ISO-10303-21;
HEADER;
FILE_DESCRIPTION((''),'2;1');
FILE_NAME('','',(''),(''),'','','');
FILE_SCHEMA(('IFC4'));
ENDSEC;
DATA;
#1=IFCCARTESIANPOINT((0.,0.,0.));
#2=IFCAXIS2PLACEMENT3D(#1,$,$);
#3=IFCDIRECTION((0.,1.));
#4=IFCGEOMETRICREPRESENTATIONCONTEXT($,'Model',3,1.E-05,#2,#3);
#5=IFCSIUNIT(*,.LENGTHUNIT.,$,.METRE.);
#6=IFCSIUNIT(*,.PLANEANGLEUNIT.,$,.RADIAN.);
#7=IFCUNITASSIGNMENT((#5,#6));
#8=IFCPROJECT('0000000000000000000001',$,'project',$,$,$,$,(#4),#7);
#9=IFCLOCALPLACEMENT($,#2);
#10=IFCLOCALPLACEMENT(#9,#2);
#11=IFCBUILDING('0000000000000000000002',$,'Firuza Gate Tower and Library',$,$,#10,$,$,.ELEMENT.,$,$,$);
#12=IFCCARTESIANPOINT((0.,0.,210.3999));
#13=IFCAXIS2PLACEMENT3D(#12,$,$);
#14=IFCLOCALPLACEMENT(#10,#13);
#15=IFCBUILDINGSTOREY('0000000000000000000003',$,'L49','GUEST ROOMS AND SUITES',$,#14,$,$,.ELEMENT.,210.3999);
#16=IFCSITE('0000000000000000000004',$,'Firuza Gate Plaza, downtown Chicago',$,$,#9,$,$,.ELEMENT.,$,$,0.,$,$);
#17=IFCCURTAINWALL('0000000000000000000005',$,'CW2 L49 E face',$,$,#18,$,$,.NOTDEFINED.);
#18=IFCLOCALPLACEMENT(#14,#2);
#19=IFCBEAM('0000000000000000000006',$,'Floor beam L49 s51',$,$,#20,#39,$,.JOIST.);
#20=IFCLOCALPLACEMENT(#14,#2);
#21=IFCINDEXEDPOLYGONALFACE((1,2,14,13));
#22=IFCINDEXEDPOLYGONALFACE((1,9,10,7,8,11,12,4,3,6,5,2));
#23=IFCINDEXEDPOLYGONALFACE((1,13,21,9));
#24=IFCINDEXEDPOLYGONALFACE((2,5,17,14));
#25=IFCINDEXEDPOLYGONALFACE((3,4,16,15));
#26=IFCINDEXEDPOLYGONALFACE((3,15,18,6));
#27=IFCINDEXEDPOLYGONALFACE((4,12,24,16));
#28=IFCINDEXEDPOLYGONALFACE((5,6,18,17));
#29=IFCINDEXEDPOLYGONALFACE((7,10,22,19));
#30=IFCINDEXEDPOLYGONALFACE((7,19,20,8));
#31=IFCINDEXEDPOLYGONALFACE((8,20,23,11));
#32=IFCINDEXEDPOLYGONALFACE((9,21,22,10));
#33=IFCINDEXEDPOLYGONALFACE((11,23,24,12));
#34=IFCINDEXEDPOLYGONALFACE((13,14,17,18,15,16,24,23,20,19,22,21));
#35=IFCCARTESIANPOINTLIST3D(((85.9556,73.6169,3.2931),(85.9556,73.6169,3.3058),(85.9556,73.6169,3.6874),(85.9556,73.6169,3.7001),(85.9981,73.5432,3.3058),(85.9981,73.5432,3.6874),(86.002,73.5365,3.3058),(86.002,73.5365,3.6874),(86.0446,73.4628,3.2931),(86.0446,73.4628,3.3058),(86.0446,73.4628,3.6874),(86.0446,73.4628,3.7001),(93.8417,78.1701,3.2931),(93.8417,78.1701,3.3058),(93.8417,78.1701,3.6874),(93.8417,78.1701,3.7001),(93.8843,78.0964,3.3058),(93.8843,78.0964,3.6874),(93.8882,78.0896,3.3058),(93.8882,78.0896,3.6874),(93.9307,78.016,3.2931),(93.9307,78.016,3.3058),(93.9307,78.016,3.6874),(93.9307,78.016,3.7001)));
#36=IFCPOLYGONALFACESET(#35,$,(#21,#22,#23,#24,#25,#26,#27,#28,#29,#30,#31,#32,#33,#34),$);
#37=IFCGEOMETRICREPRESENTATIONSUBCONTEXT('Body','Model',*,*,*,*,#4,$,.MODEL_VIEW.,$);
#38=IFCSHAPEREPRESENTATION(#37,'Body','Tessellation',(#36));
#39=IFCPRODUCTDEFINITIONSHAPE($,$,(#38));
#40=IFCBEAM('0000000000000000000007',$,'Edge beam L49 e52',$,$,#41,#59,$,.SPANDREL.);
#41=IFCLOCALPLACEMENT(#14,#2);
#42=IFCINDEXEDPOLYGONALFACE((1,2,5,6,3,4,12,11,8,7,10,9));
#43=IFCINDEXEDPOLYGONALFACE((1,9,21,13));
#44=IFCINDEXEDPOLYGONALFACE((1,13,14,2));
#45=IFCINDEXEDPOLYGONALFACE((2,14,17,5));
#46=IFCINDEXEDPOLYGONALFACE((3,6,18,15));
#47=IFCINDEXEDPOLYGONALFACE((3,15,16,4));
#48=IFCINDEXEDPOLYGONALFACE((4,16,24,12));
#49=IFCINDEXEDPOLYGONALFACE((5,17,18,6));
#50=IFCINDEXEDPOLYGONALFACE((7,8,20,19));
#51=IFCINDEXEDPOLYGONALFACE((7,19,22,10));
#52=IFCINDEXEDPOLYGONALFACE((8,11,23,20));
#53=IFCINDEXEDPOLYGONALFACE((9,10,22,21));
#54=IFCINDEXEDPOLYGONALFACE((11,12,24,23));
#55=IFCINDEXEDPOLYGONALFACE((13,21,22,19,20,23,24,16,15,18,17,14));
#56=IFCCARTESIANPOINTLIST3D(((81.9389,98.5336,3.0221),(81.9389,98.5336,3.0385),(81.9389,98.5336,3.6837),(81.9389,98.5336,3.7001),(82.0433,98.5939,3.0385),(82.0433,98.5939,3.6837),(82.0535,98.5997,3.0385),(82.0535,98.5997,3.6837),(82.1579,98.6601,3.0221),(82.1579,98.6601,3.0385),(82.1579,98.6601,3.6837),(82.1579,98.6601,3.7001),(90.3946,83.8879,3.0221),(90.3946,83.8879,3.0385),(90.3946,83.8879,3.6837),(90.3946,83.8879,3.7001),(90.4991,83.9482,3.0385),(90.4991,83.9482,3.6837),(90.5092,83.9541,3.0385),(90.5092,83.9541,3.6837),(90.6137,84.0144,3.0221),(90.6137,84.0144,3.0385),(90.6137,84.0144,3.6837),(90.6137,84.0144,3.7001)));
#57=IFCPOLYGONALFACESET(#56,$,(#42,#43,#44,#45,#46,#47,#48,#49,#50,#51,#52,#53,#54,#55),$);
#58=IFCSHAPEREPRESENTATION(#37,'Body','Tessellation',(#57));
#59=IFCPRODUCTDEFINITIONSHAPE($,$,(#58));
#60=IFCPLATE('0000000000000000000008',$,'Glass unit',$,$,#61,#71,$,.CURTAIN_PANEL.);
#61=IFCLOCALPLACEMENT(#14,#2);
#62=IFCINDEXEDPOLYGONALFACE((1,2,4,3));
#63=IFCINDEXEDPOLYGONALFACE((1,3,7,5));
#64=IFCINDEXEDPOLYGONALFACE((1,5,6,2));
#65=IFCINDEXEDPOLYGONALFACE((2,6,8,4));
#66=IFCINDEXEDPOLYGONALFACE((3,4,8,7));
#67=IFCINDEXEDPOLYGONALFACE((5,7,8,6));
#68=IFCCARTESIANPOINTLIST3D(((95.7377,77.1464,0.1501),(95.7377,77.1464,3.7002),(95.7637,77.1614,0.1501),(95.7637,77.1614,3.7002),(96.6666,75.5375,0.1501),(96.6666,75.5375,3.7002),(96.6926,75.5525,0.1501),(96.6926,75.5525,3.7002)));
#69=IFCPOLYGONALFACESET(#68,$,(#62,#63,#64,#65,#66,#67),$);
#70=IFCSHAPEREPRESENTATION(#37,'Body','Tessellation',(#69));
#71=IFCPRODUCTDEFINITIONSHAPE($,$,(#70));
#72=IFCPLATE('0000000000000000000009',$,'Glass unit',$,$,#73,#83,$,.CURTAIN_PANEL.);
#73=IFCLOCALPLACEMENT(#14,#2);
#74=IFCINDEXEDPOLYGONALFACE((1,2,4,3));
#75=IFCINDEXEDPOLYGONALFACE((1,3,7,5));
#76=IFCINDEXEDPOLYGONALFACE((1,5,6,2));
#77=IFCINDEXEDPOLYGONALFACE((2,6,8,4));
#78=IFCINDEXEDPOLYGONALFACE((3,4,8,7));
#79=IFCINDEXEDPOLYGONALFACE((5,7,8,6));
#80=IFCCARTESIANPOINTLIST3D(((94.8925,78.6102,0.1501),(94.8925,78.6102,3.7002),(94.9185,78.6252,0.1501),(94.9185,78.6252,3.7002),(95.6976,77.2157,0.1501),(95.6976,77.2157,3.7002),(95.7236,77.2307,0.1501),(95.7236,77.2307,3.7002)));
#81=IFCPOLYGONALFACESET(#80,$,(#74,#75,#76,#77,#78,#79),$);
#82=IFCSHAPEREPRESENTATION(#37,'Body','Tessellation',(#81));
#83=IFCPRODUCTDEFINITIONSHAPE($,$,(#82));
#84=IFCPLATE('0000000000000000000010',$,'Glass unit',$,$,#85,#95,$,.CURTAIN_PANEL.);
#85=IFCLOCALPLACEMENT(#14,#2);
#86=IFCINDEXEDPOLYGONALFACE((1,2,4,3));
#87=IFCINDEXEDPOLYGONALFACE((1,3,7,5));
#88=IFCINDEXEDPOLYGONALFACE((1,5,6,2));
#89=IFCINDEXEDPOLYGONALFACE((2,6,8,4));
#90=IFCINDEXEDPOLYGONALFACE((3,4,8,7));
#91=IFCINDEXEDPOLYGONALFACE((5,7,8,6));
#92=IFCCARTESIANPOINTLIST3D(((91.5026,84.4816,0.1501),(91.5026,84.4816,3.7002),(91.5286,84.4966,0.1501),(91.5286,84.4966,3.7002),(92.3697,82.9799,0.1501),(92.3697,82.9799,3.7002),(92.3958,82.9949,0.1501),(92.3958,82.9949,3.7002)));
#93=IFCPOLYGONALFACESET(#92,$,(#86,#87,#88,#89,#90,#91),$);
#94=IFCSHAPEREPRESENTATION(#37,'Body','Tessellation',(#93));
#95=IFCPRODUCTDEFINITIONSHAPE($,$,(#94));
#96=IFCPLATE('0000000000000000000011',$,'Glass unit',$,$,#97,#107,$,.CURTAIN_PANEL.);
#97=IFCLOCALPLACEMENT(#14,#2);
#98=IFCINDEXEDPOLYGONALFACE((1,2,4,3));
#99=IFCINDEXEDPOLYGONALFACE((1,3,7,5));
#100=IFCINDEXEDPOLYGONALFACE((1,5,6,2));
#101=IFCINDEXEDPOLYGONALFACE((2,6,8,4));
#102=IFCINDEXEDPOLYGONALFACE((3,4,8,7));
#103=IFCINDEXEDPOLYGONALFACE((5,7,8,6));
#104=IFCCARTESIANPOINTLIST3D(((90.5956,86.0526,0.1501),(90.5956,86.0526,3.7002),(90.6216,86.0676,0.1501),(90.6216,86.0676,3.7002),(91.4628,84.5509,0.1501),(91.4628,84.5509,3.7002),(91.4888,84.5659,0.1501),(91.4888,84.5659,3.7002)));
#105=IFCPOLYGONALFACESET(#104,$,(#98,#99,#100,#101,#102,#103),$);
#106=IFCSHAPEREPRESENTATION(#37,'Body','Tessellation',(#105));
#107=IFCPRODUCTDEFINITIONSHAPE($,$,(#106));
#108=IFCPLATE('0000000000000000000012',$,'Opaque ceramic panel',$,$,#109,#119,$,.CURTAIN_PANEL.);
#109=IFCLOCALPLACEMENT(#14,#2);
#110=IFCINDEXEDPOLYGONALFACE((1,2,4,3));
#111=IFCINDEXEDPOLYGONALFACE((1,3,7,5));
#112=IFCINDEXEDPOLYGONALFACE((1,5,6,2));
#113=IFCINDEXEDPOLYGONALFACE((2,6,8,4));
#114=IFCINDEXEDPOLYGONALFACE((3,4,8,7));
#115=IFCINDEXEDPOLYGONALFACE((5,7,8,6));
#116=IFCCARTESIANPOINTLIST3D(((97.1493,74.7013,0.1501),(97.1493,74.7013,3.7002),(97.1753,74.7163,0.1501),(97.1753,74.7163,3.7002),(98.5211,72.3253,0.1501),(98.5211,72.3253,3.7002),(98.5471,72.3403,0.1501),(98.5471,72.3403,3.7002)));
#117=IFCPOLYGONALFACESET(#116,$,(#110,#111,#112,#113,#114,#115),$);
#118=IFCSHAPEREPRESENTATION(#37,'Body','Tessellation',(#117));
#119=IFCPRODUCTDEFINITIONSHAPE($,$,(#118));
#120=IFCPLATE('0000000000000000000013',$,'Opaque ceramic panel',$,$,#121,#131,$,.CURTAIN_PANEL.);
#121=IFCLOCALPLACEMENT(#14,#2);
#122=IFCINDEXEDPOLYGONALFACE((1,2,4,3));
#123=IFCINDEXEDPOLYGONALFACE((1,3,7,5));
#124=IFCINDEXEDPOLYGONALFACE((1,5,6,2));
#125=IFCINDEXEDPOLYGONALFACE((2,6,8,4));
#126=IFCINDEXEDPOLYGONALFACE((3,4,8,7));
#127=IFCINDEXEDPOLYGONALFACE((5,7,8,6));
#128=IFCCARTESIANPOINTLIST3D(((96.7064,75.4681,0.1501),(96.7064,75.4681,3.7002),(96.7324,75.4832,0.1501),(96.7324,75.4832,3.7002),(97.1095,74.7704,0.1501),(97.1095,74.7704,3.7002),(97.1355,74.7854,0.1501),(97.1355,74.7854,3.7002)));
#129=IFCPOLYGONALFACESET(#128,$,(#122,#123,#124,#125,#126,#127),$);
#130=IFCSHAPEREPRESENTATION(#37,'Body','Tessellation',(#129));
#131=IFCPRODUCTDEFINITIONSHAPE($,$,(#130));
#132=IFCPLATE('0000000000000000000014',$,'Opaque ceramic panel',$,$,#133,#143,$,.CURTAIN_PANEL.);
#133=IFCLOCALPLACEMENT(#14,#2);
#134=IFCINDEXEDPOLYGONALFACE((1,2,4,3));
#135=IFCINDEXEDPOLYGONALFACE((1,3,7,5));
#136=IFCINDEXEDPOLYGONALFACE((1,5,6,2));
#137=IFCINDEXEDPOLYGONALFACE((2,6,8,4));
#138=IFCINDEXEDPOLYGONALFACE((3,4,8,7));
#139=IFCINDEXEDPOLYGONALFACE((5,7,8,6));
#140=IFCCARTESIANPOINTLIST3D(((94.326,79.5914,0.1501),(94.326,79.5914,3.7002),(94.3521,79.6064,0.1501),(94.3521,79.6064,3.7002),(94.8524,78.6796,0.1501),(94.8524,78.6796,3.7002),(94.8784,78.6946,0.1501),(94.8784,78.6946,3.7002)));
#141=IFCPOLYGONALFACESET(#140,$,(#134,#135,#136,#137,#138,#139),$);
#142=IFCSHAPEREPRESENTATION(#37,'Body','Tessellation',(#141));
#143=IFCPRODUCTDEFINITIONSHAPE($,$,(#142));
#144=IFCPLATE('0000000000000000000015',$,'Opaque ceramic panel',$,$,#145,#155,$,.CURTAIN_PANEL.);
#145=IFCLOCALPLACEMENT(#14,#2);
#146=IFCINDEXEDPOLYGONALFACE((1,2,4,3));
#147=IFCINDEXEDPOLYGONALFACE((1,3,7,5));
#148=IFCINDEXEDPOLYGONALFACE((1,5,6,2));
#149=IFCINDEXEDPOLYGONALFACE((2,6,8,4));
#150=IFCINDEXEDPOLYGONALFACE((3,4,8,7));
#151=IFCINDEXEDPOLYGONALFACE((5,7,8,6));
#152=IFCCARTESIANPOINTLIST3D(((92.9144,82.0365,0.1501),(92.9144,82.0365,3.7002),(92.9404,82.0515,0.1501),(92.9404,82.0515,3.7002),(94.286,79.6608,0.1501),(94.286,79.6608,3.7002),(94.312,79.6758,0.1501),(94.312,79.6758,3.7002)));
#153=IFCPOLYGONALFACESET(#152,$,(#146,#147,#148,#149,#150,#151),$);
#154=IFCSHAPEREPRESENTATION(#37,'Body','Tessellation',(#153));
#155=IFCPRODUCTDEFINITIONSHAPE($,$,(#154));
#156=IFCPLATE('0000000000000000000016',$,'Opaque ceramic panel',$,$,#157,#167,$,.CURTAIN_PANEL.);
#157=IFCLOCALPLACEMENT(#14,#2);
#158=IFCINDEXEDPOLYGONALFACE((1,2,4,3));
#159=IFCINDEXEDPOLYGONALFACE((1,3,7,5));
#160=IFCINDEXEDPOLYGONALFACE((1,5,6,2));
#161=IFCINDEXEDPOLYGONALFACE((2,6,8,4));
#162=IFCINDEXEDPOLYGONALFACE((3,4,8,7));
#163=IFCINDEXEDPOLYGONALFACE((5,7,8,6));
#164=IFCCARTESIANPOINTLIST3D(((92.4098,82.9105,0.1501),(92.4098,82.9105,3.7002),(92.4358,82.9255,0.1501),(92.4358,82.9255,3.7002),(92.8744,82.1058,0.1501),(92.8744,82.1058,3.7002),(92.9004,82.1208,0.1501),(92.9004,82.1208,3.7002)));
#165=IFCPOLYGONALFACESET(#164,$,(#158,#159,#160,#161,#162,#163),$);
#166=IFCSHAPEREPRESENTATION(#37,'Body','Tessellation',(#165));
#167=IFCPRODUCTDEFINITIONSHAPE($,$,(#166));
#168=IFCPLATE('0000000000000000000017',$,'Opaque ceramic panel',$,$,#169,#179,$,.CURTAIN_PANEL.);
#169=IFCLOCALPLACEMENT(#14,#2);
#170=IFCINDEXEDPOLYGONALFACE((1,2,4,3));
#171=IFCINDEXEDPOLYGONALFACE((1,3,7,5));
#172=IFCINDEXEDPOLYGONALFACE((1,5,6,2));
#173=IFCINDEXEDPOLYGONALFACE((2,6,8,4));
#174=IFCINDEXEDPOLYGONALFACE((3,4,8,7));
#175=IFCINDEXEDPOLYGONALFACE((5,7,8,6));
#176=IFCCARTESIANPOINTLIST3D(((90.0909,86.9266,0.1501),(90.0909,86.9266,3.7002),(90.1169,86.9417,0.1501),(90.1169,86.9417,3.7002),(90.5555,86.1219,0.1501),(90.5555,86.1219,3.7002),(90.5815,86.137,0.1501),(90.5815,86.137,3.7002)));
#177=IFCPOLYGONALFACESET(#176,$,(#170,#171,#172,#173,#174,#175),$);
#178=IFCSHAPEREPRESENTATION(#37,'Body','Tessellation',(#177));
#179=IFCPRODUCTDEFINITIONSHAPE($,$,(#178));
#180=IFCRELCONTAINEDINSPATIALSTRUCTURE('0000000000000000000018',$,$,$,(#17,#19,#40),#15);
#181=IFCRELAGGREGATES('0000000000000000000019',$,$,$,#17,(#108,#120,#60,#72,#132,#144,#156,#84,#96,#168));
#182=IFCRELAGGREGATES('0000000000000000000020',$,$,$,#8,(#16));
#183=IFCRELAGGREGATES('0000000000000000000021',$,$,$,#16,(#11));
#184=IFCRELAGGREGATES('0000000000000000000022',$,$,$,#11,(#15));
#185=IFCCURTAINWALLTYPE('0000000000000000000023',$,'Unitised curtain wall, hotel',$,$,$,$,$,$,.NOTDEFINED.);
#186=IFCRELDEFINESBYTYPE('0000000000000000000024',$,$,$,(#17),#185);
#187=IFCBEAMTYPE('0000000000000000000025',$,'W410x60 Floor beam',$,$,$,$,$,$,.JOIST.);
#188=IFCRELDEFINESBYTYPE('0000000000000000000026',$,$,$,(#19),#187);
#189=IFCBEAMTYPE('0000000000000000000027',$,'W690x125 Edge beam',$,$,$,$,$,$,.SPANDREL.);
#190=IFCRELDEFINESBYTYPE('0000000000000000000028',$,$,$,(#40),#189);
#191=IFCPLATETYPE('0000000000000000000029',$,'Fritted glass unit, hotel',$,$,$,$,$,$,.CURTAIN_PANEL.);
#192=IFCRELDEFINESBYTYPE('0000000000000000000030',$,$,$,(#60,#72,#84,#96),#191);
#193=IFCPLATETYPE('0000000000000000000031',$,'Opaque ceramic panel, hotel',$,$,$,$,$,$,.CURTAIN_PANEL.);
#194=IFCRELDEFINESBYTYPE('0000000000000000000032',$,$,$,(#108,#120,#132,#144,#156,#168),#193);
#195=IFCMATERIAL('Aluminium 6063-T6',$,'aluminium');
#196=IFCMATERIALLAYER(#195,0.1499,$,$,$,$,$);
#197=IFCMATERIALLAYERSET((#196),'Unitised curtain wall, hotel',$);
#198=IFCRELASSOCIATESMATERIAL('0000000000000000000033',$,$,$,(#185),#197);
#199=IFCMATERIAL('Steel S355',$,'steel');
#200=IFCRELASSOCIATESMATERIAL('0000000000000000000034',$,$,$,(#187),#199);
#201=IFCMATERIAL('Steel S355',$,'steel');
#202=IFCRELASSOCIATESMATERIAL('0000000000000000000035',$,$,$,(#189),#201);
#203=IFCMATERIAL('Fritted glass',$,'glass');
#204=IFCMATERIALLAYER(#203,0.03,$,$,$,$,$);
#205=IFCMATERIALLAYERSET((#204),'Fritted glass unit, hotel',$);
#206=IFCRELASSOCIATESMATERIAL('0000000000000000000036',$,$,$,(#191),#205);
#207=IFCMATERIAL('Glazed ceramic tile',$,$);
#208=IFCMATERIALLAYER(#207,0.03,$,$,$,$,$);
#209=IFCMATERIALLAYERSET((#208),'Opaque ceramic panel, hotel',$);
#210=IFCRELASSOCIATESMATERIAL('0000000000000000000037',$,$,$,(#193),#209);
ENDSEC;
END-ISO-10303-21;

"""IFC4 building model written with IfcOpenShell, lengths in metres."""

from ifc_helpers import new_model, si_unit, direction, frame, origin, origin_2d, place, context, subcontext, project, spatial, polyline, i_section, outline, extrude, material, layer, layer_set, material_profile, profile_set, type_object, element, aggregate, save


model = new_model("IFC4")

# Units and contexts
model_context = context("Model", 3, precision=1e-05, world=origin(), true_north=direction((0.0, 1.0)))
body_context = subcontext(model_context, "Body", "Model", "MODEL_VIEW")
ifc_project = project(units=[si_unit("LENGTHUNIT", "METRE"), si_unit("PLANEANGLEUNIT", "RADIAN")], contexts=[model_context])

# Site, building, storey
site_placement = place(None, origin())
site = spatial("IfcSite", under=ifc_project, at=site_placement, Name="Firuza Gate Plaza, downtown Chicago", CompositionType="ELEMENT", RefElevation=0.0)
building_placement = place(site_placement, origin())
building = spatial("IfcBuilding", under=site, at=building_placement, Name="Firuza Gate Tower and Library", CompositionType="ELEMENT")
storey_placement = place(building_placement, frame((0.0, 0.0, 210.3999)))
storey = spatial("IfcBuildingStorey", under=building, at=storey_placement, Name="L49", Description="GUEST ROOMS AND SUITES", CompositionType="ELEMENT", Elevation=210.3999)

# Curtain wall
ifc_material_1 = material(Name="Aluminium 6063-T6", Category="aluminium")
ifc_layer_1 = layer(ifc_material_1, 0.1499)
ifc_layer_set_1 = layer_set([ifc_layer_1], Name="Unitised curtain wall, hotel")
curtain_wall_type = type_object("IfcCurtainWallType", Name="Unitised curtain wall, hotel", PredefinedType="NOTDEFINED", material=ifc_layer_set_1)
curtain_wall_placement = place(storey_placement, origin())
curtain_wall = element("IfcCurtainWall", 1, at=curtain_wall_placement, inside=storey, type_object=curtain_wall_type, Name="CW2 L49 E face", PredefinedType="NOTDEFINED")

# Beams
ifc_material_2 = material(Name="Steel S355", Category="steel")
ifc_material_profile_1 = material_profile(ifc_material_2, i_section(OverallWidth=0.178, OverallDepth=0.407, WebThickness=0.0078, FlangeThickness=0.0127, at=origin_2d()))
ifc_profile_set_1 = profile_set([ifc_material_profile_1], Name="Steel S355")
beam_type_1 = type_object("IfcBeamType", Name="W410x60 Floor beam", PredefinedType="JOIST", material=ifc_profile_set_1)
beam_1_placement = place(storey_placement, frame((93.8862, 78.093, 3.4966), z_axis=(-0.86602, -0.500009, 0.0), x_axis=(0.500009, -0.86602, 0.0)))
element("IfcBeam", 2, at=beam_1_placement, inside=storey, type_object=beam_type_1, Name="Floor beam L49 s51", PredefinedType="JOIST", context=body_context, shape_type="SweptSolid", body=[
    extrude(i_section(OverallWidth=0.178, OverallDepth=0.407, WebThickness=0.0078, FlangeThickness=0.0127, at=origin_2d()), origin(), (0.0, 0.0, 1.0), 9.1062),
])
ifc_material_3 = material(Name="Steel S355", Category="steel")
ifc_material_profile_2 = material_profile(ifc_material_3, i_section(OverallWidth=0.2529, OverallDepth=0.678, WebThickness=0.0117, FlangeThickness=0.0164, at=origin_2d()))
ifc_profile_set_2 = profile_set([ifc_material_profile_2], Name="Steel S355")
beam_type_2 = type_object("IfcBeamType", Name="W690x125 Edge beam", PredefinedType="SPANDREL", material=ifc_profile_set_2)
beam_2_placement = place(storey_placement, frame((90.5042, 83.9512, 3.3611), z_axis=(-0.500004, 0.866023, 0.0), x_axis=(-0.866023, -0.500004, 0.0)))
element("IfcBeam", 3, at=beam_2_placement, inside=storey, type_object=beam_type_2, Name="Edge beam L49 e52", PredefinedType="SPANDREL", context=body_context, shape_type="SweptSolid", body=[
    extrude(i_section(OverallWidth=0.2529, OverallDepth=0.678, WebThickness=0.0117, FlangeThickness=0.0164, at=origin_2d()), origin(), (0.0, 0.0, 1.0), 16.9114),
])

# Plates
ifc_material_4 = material(Name="Fritted glass", Category="glass")
ifc_layer_2 = layer(ifc_material_4, 0.03)
ifc_layer_set_2 = layer_set([ifc_layer_2], Name="Fritted glass unit, hotel")
plate_type_1 = type_object("IfcPlateType", Name="Fritted glass unit, hotel", PredefinedType="CURTAIN_PANEL", material=ifc_layer_set_2)
plate_1_placement = place(storey_placement, frame((96.6926, 75.5525, 0.1501), z_axis=(0.866011, 0.500026, 0.0), x_axis=(-0.500026, 0.866011, 0.0)))
plate_1 = element("IfcPlate", 4, at=plate_1_placement, type_object=plate_type_1, Name="Glass unit", PredefinedType="CURTAIN_PANEL", context=body_context, shape_type="SweptSolid", body=[
    extrude(outline(polyline([(0.0, 0.0), (1.8578, 0.0), (1.8578, 3.55), (0.0, 3.55), (0.0, 0.0)])), origin(), (0.0, 0.0, -1.0), 0.03),
])
plate_2_placement = place(storey_placement, frame((95.7236, 77.2307, 0.1501), z_axis=(0.866014, 0.50002, 0.0), x_axis=(-0.50002, 0.866014, 0.0)))
plate_2 = element("IfcPlate", 5, at=plate_2_placement, type_object=plate_type_1, Name="Glass unit", PredefinedType="CURTAIN_PANEL", context=body_context, shape_type="SweptSolid", body=[
    extrude(outline(polyline([(0.0, 0.0), (1.6103, 0.0), (1.6103, 3.55), (0.0, 3.55), (0.0, 0.0)])), origin(), (0.0, 0.0, -1.0), 0.03),
])
plate_3_placement = place(storey_placement, frame((92.3958, 82.9949, 0.1501), z_axis=(0.865982, 0.500076, 0.0), x_axis=(-0.500076, 0.865982, 0.0)))
plate_3 = element("IfcPlate", 6, at=plate_3_placement, type_object=plate_type_1, Name="Glass unit", PredefinedType="CURTAIN_PANEL", context=body_context, shape_type="SweptSolid", body=[
    extrude(outline(polyline([(0.0, 0.0), (1.7341, 0.0), (1.7341, 3.55), (0.0, 3.55), (0.0, 0.0)])), origin(), (0.0, 0.0, -1.0), 0.03),
])
plate_4_placement = place(storey_placement, frame((91.4888, 84.5659, 0.1501), z_axis=(0.865982, 0.500076, 0.0), x_axis=(-0.500076, 0.865982, 0.0)))
plate_4 = element("IfcPlate", 7, at=plate_4_placement, type_object=plate_type_1, Name="Glass unit", PredefinedType="CURTAIN_PANEL", context=body_context, shape_type="SweptSolid", body=[
    extrude(outline(polyline([(0.0, 0.0), (1.7341, 0.0), (1.7341, 3.55), (0.0, 3.55), (0.0, 0.0)])), origin(), (0.0, 0.0, -1.0), 0.03),
])
ifc_material_5 = material(Name="Glazed ceramic tile")
ifc_layer_3 = layer(ifc_material_5, 0.03)
ifc_layer_set_3 = layer_set([ifc_layer_3], Name="Opaque ceramic panel, hotel")
plate_type_2 = type_object("IfcPlateType", Name="Opaque ceramic panel, hotel", PredefinedType="CURTAIN_PANEL", material=ifc_layer_set_3)
plate_5_placement = place(storey_placement, frame((98.5471, 72.3403, 0.1501), z_axis=(0.866017, 0.500015, 0.0), x_axis=(-0.500015, 0.866017, 0.0)))
plate_5 = element("IfcPlate", 8, at=plate_5_placement, type_object=plate_type_2, Name="Opaque ceramic panel", PredefinedType="CURTAIN_PANEL", context=body_context, shape_type="SweptSolid", body=[
    extrude(outline(polyline([(0.0, 0.0), (2.7436, 0.0), (2.7436, 3.55), (0.0, 3.55), (0.0, 0.0)])), origin(), (0.0, 0.0, -1.0), 0.03),
])
plate_6_placement = place(storey_placement, frame((97.1355, 74.7854, 0.1501), z_axis=(0.865903, 0.500212, 0.0), x_axis=(-0.500212, 0.865903, 0.0)))
plate_6 = element("IfcPlate", 9, at=plate_6_placement, type_object=plate_type_2, Name="Opaque ceramic panel", PredefinedType="CURTAIN_PANEL", context=body_context, shape_type="SweptSolid", body=[
    extrude(outline(polyline([(0.0, 0.0), (0.8058, 0.0), (0.8058, 3.55), (0.0, 3.55), (0.0, 0.0)])), origin(), (0.0, 0.0, -1.0), 0.03),
])
plate_7_placement = place(storey_placement, frame((94.8784, 78.6946, 0.1501), z_axis=(0.866066, 0.49993, 0.0), x_axis=(-0.49993, 0.866066, 0.0)))
plate_7 = element("IfcPlate", 10, at=plate_7_placement, type_object=plate_type_2, Name="Opaque ceramic panel", PredefinedType="CURTAIN_PANEL", context=body_context, shape_type="SweptSolid", body=[
    extrude(outline(polyline([(0.0, 0.0), (1.0529, 0.0), (1.0529, 3.55), (0.0, 3.55), (0.0, 0.0)])), origin(), (0.0, 0.0, -1.0), 0.03),
])
plate_8_placement = place(storey_placement, frame((94.312, 79.6758, 0.1501), z_axis=(0.866033, 0.499987, 0.0), x_axis=(-0.499987, 0.866033, 0.0)))
plate_8 = element("IfcPlate", 11, at=plate_8_placement, type_object=plate_type_2, Name="Opaque ceramic panel", PredefinedType="CURTAIN_PANEL", context=body_context, shape_type="SweptSolid", body=[
    extrude(outline(polyline([(0.0, 0.0), (2.7432, 0.0), (2.7432, 3.55), (0.0, 3.55), (0.0, 0.0)])), origin(), (0.0, 0.0, -1.0), 0.03),
])
plate_9_placement = place(storey_placement, frame((92.9004, 82.1208, 0.1501), z_axis=(0.866019, 0.500011, 0.0), x_axis=(-0.500011, 0.866019, 0.0)))
plate_9 = element("IfcPlate", 12, at=plate_9_placement, type_object=plate_type_2, Name="Opaque ceramic panel", PredefinedType="CURTAIN_PANEL", context=body_context, shape_type="SweptSolid", body=[
    extrude(outline(polyline([(0.0, 0.0), (0.9292, 0.0), (0.9292, 3.55), (0.0, 3.55), (0.0, 0.0)])), origin(), (0.0, 0.0, -1.0), 0.03),
])
plate_10_placement = place(storey_placement, frame((90.5815, 86.137, 0.1501), z_axis=(0.866019, 0.500011, 0.0), x_axis=(-0.500011, 0.866019, 0.0)))
plate_10 = element("IfcPlate", 13, at=plate_10_placement, type_object=plate_type_2, Name="Opaque ceramic panel", PredefinedType="CURTAIN_PANEL", context=body_context, shape_type="SweptSolid", body=[
    extrude(outline(polyline([(0.0, 0.0), (0.9292, 0.0), (0.9292, 3.55), (0.0, 3.55), (0.0, 0.0)])), origin(), (0.0, 0.0, -1.0), 0.03),
])
aggregate(curtain_wall, [plate_5, plate_6, plate_1, plate_2, plate_7, plate_8, plate_9, plate_3, plate_4, plate_10])

save(model, "model.ifc")
